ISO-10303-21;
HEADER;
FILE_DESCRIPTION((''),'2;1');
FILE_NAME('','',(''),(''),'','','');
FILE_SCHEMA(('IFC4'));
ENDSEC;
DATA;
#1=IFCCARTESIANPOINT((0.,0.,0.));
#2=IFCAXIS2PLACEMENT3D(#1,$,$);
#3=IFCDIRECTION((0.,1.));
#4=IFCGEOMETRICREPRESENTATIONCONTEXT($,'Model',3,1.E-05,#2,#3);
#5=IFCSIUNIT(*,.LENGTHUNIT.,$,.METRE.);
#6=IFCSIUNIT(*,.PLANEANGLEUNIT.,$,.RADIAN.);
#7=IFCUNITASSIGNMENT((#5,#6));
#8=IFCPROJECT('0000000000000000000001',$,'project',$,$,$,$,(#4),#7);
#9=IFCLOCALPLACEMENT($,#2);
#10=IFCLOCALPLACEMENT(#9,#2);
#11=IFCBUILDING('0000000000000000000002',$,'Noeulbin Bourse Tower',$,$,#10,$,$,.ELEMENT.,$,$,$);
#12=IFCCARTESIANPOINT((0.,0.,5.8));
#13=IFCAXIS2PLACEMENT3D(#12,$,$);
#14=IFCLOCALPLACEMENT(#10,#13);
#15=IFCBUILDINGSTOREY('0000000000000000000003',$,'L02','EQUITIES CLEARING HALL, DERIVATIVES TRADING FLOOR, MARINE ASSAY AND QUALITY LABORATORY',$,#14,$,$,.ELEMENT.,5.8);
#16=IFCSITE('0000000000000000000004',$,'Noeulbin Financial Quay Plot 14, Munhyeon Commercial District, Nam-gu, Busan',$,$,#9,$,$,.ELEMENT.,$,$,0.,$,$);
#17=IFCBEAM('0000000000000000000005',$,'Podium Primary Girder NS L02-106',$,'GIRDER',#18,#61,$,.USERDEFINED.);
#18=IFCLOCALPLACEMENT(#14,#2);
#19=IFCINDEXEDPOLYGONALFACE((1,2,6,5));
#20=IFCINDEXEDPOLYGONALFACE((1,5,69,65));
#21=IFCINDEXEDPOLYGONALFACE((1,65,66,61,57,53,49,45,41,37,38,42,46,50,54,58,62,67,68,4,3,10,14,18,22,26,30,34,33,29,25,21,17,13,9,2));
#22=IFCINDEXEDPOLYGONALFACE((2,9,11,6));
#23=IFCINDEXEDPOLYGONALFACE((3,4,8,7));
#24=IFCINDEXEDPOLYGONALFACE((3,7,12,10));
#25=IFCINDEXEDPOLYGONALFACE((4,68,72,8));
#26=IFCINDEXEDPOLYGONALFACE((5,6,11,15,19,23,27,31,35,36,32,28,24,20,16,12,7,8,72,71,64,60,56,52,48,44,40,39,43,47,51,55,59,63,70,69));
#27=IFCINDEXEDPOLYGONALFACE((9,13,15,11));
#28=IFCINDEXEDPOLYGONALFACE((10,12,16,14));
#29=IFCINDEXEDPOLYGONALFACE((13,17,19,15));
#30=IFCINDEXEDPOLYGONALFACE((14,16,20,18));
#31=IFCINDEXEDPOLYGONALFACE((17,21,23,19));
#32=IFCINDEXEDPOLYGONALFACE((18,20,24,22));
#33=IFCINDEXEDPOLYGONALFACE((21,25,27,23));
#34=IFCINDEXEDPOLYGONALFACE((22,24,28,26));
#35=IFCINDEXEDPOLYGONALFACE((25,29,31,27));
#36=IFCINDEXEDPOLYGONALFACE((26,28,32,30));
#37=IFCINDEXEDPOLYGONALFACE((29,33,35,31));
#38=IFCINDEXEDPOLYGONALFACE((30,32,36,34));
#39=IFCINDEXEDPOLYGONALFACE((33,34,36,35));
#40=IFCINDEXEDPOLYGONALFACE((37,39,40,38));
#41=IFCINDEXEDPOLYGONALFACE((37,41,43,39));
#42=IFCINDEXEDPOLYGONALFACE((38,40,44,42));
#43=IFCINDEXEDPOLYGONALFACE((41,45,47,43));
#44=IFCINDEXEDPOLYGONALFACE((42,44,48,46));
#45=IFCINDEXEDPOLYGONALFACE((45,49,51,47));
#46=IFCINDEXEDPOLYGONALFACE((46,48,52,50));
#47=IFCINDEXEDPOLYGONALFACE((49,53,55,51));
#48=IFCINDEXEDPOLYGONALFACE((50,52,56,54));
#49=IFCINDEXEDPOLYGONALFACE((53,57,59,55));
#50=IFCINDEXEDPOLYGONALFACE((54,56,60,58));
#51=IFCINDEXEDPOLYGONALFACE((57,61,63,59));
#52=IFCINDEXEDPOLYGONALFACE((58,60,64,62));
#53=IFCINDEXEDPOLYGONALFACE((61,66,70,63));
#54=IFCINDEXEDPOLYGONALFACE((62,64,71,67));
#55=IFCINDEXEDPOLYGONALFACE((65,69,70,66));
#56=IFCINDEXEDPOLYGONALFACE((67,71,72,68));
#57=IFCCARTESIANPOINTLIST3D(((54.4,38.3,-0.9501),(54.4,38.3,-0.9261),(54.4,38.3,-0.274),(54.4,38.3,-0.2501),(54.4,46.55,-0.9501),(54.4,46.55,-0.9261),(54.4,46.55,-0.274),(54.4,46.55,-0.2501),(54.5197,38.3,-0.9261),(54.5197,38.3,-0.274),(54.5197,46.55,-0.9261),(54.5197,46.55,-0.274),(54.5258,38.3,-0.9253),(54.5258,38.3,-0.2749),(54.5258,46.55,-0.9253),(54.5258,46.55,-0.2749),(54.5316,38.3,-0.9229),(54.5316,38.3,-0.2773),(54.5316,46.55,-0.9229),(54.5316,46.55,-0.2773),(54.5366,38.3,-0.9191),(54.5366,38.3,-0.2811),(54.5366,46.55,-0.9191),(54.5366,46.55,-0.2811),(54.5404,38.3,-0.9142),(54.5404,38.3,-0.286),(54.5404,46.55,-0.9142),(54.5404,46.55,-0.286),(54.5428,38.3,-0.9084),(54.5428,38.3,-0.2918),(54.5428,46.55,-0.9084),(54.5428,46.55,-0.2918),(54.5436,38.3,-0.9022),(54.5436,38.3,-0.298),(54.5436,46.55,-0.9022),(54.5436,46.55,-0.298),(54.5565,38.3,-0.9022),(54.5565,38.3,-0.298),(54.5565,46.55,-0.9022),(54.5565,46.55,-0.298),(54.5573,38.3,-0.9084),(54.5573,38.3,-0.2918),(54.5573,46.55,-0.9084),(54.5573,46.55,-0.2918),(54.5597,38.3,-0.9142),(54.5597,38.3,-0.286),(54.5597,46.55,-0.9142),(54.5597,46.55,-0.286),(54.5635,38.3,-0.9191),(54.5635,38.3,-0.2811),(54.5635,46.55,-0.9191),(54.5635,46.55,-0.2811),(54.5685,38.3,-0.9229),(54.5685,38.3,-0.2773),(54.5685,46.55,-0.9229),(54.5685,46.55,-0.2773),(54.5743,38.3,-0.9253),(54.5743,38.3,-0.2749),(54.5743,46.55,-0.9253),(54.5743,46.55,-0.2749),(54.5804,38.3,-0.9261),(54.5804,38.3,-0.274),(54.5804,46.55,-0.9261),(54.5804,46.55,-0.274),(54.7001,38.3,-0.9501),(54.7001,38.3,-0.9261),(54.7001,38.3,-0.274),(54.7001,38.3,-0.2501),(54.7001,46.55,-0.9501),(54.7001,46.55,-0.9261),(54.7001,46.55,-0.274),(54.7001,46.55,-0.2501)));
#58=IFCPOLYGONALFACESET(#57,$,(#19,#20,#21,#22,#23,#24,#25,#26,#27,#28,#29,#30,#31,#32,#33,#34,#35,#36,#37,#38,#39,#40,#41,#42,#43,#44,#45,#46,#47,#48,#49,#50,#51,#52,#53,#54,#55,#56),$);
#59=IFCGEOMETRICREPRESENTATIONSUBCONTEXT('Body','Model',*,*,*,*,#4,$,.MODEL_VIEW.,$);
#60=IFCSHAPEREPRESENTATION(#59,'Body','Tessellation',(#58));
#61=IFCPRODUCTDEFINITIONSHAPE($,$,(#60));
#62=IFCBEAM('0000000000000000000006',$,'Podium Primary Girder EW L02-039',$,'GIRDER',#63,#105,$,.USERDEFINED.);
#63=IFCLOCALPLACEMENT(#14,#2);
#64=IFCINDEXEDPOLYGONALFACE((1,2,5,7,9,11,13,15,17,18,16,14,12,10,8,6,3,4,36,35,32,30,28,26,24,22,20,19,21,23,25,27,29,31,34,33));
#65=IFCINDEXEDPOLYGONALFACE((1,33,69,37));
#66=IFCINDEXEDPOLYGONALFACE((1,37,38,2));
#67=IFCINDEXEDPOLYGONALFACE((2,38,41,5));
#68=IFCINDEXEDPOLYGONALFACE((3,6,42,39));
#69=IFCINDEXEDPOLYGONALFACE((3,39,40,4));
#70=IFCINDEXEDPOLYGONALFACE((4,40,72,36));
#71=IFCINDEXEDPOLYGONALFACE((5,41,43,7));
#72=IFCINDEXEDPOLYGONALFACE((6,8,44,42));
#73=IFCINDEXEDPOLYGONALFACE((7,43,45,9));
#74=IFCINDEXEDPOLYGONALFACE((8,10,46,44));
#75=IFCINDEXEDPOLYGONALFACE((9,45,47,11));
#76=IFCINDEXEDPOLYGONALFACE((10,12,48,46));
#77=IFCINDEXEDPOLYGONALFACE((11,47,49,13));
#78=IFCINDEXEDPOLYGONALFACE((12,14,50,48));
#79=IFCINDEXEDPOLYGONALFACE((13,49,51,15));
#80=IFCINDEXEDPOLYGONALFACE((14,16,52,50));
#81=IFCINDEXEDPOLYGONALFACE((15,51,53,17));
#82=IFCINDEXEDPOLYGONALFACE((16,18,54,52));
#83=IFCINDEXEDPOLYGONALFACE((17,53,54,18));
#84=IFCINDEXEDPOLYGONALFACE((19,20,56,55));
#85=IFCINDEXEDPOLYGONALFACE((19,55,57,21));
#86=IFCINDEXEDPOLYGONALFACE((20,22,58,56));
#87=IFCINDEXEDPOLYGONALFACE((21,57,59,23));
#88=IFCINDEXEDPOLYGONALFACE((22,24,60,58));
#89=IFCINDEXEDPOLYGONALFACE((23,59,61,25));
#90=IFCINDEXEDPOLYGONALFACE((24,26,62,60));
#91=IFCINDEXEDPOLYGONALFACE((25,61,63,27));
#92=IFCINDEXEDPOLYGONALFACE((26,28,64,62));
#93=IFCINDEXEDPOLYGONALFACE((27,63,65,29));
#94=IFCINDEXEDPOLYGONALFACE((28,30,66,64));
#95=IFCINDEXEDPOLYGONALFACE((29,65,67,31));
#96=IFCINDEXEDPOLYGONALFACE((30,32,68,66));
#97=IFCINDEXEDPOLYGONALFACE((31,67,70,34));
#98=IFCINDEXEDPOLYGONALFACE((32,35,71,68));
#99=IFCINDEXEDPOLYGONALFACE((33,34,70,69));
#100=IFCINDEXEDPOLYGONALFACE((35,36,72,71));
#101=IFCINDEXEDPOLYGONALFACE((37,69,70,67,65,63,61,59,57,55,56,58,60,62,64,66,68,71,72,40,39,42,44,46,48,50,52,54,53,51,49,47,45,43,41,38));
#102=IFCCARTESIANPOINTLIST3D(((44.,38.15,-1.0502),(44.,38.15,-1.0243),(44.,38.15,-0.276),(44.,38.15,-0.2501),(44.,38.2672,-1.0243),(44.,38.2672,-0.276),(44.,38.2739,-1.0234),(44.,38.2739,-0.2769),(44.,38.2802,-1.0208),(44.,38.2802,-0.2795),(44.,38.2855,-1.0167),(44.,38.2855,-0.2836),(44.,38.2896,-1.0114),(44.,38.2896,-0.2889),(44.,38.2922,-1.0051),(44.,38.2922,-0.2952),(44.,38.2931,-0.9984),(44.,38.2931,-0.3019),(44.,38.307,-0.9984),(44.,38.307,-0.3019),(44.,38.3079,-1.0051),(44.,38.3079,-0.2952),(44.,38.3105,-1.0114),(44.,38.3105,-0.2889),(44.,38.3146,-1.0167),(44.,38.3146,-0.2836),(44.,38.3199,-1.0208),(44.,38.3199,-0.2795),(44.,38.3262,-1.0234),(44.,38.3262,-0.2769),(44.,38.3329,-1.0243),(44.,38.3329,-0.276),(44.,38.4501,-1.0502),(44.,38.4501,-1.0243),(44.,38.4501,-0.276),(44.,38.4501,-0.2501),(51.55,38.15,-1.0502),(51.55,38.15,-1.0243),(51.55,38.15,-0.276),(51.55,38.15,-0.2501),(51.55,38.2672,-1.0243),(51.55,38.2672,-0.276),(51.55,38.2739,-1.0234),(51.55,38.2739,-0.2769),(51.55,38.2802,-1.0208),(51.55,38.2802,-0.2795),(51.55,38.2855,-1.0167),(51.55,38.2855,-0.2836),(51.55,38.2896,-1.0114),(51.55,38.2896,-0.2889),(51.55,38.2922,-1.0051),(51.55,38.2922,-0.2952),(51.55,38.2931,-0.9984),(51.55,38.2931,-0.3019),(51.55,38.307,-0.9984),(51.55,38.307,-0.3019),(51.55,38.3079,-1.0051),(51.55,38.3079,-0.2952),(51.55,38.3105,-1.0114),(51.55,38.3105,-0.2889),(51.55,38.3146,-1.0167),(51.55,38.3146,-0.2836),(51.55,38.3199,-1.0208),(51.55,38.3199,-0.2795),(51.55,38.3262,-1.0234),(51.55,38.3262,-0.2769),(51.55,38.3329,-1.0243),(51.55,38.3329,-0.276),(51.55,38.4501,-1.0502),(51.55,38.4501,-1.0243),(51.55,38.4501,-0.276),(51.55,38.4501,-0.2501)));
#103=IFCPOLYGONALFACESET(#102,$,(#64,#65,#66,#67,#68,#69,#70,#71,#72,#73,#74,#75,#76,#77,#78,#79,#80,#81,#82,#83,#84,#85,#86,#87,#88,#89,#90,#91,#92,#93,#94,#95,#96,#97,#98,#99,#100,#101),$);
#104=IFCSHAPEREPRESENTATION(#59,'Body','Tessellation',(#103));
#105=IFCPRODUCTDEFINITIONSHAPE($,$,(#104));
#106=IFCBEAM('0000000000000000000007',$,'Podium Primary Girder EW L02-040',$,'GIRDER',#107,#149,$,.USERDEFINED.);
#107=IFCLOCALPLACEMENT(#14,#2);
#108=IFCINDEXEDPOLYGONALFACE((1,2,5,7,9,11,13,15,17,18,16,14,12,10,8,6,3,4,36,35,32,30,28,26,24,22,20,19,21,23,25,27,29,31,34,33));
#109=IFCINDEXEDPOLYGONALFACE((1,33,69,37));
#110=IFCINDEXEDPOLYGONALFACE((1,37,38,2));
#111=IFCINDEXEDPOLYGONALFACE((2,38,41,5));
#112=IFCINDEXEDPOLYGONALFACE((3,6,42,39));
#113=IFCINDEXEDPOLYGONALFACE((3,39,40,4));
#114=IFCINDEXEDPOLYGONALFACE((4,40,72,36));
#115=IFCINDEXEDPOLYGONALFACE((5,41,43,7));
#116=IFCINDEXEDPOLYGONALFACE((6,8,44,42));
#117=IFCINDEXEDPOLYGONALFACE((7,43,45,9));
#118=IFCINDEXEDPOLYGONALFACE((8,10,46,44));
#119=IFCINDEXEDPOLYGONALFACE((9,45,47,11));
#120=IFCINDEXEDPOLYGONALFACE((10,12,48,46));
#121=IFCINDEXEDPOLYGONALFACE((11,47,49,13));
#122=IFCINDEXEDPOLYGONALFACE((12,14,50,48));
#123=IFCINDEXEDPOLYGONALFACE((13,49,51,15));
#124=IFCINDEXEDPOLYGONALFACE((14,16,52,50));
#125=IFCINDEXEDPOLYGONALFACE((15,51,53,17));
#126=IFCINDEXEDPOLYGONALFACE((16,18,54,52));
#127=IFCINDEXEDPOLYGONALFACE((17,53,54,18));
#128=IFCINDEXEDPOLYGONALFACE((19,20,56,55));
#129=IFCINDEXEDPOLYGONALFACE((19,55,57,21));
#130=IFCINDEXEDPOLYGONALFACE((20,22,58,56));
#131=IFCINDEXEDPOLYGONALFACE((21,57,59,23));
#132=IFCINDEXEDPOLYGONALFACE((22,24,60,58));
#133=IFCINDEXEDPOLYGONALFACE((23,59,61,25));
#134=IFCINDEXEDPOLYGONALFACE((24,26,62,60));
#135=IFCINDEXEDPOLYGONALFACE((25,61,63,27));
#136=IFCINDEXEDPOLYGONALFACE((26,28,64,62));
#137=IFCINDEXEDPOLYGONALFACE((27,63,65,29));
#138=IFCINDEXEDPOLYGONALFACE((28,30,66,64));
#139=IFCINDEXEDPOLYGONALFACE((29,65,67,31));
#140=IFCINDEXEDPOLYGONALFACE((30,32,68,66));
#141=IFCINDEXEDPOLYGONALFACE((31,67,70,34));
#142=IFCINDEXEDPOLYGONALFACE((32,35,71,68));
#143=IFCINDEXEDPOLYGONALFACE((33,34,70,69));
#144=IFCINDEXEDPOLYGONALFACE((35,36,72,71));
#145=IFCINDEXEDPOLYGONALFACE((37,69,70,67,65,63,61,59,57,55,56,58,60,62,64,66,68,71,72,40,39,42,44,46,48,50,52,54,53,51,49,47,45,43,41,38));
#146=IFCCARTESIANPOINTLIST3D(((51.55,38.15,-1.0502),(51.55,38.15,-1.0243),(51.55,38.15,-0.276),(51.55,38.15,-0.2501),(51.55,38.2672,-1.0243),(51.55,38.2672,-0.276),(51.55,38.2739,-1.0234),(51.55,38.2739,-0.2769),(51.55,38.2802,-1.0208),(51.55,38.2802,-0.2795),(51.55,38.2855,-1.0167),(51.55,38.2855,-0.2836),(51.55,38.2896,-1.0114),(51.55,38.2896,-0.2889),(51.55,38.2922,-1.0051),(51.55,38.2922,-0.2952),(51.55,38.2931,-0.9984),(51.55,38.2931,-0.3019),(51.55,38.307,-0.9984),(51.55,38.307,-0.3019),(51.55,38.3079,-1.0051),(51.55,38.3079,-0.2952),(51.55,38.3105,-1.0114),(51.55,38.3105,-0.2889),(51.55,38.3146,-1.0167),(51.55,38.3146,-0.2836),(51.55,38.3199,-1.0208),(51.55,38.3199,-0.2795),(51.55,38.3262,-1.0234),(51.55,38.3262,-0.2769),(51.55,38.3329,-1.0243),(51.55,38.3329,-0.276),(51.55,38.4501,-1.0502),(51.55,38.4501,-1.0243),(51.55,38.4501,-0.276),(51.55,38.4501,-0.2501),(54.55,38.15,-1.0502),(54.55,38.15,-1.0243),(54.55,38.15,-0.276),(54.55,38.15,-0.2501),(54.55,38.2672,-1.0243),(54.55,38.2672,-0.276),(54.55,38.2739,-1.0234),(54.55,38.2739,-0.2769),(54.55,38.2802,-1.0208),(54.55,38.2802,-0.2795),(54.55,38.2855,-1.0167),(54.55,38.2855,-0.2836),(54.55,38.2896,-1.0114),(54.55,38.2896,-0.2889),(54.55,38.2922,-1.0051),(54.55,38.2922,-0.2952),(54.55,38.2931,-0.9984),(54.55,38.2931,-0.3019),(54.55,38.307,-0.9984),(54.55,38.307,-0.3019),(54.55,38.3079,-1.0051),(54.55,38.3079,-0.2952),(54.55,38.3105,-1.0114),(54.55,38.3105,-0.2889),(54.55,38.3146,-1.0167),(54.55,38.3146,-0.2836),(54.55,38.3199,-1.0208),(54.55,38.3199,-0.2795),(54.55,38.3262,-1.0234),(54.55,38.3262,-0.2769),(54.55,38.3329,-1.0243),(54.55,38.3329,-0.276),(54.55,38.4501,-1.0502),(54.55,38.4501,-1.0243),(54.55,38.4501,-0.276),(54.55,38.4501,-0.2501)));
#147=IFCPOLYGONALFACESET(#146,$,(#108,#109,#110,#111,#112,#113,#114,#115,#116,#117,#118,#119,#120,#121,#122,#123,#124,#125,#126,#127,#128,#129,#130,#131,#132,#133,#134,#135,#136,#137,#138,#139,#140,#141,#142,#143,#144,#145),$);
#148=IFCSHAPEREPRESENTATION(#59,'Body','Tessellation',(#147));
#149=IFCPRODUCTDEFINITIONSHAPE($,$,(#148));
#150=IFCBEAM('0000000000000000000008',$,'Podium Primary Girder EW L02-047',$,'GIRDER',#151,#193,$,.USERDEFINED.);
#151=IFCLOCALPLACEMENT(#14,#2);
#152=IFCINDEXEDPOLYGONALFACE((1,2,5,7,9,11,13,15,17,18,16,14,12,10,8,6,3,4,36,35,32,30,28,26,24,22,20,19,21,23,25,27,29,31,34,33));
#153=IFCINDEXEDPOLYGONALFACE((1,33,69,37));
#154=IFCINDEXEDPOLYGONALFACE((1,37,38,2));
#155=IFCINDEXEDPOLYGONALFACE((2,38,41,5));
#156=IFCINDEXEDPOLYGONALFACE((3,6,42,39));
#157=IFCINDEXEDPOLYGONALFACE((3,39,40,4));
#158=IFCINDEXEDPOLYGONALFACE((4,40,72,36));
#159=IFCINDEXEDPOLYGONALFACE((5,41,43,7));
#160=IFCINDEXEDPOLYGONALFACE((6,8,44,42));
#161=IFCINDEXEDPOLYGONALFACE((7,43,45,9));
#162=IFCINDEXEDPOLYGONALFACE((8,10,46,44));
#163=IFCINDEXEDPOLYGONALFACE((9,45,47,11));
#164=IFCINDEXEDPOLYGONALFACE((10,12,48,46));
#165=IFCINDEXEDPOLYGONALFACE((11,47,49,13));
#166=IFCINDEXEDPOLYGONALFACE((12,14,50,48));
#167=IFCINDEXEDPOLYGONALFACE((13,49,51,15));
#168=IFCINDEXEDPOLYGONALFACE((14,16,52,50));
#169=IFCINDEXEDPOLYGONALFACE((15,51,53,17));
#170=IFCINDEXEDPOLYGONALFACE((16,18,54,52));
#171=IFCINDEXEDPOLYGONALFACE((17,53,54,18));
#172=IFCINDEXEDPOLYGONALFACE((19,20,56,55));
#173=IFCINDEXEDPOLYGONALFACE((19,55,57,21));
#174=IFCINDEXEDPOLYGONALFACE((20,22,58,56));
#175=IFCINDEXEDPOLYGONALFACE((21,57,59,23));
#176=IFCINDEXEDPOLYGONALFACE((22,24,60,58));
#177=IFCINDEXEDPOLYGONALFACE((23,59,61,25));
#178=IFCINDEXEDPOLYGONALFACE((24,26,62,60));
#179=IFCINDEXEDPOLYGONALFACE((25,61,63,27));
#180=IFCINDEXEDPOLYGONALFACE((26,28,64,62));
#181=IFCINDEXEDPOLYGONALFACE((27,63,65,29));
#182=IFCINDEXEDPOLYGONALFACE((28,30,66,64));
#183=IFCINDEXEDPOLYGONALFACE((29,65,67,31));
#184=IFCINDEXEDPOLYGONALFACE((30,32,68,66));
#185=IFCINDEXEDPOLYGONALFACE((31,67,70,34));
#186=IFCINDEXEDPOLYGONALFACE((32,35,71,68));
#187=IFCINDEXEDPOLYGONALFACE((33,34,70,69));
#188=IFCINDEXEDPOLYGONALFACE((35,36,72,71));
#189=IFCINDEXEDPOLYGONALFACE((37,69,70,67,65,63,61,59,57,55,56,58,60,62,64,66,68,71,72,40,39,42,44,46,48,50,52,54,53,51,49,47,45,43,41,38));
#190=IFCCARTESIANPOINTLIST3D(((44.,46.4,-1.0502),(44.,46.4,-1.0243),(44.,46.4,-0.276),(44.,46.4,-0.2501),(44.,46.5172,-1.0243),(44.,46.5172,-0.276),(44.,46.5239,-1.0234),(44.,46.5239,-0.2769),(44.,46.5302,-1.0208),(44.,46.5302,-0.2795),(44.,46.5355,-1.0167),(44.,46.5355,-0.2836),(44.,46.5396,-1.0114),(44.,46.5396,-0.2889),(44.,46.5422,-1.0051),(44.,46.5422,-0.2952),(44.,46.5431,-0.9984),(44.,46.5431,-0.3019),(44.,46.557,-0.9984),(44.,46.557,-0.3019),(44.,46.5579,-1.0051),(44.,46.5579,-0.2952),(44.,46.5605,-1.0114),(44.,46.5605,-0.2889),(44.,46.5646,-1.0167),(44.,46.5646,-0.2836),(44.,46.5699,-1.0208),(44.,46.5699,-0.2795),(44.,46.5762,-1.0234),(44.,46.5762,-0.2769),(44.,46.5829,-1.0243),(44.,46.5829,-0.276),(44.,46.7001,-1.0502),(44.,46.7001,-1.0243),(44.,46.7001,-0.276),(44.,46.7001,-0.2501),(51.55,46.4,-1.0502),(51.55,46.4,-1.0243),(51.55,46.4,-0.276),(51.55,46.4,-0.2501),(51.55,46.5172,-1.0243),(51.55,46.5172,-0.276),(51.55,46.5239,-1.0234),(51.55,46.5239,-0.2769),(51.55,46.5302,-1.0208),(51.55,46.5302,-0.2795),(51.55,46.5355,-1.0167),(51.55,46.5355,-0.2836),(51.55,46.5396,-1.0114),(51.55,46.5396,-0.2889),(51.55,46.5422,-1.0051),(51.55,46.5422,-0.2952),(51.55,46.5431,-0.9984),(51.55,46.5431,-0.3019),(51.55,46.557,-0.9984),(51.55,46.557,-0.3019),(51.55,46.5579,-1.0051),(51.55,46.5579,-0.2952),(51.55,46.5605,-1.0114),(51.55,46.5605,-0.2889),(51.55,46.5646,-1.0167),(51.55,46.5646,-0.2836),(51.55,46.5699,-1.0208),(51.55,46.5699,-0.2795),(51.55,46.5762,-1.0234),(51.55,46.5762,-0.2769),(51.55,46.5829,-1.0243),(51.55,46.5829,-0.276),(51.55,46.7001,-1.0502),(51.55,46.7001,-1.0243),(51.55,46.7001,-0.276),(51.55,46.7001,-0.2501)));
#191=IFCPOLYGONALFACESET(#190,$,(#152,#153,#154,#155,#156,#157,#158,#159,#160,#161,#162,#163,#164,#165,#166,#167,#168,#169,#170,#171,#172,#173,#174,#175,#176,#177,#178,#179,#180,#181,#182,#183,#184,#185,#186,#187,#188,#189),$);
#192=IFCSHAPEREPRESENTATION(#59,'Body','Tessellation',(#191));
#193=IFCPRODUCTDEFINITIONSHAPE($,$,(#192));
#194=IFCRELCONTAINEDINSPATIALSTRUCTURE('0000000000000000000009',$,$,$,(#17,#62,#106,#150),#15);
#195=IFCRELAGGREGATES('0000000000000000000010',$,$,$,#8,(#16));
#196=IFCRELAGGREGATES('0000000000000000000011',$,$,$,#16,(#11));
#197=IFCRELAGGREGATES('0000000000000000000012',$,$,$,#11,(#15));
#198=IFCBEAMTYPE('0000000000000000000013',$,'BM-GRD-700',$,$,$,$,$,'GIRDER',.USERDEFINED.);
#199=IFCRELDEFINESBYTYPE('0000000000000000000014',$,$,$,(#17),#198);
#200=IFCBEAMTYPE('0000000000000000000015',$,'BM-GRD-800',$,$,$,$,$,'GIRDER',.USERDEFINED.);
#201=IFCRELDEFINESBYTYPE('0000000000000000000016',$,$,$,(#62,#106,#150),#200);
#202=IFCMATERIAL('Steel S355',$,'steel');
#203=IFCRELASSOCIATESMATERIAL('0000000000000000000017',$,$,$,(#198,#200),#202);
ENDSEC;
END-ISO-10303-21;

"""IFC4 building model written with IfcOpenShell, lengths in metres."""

from ifc_helpers import new_model, si_unit, direction, frame, origin, origin_2d, place, context, subcontext, project, spatial, i_section, extrude, material, material_profile, profile_set, type_object, element, save


model = new_model("IFC4")

# Units and contexts
model_context = context("Model", 3, precision=1e-05, world=origin(), true_north=direction((0.0, 1.0)))
body_context = subcontext(model_context, "Body", "Model", "MODEL_VIEW")
ifc_project = project(units=[si_unit("LENGTHUNIT", "METRE"), si_unit("PLANEANGLEUNIT", "RADIAN")], contexts=[model_context])

# Site, building, storey
site_placement = place(None, origin())
site = spatial("IfcSite", under=ifc_project, at=site_placement, Name="Noeulbin Financial Quay Plot 14, Munhyeon Commercial District, Nam-gu, Busan", CompositionType="ELEMENT", RefElevation=0.0)
building_placement = place(site_placement, origin())
building = spatial("IfcBuilding", under=site, at=building_placement, Name="Noeulbin Bourse Tower", CompositionType="ELEMENT")
storey_placement = place(building_placement, frame((0.0, 0.0, 5.8)))
storey = spatial("IfcBuildingStorey", under=building, at=storey_placement, Name="L02", Description="EQUITIES CLEARING HALL, DERIVATIVES TRADING FLOOR, MARINE ASSAY AND QUALITY LABORATORY", CompositionType="ELEMENT", Elevation=5.8)

# Beams
ifc_material_1 = material(Name="Steel S355", Category="steel")
ifc_material_profile_1 = material_profile(ifc_material_1, i_section(OverallWidth=0.3, OverallDepth=0.7, WebThickness=0.0129, FlangeThickness=0.0239, FilletRadius=0.0239, at=origin_2d()), Name="H-700x300x13x24", Category="LoadBearing")
ifc_profile_set_1 = profile_set([ifc_material_profile_1], Name="Steel S355")
beam_type_1 = type_object("IfcBeamType", Name="BM-GRD-700", ElementType="GIRDER", PredefinedType="USERDEFINED", material=ifc_profile_set_1)
beam_1_placement = place(storey_placement, frame((54.55, 38.3, -0.6001), z_axis=(0.0, 1.0, 0.0), x_axis=(-1.0, 0.0, 0.0)))
element("IfcBeam", 1, at=beam_1_placement, inside=storey, type_object=beam_type_1, Name="Podium Primary Girder NS L02-106", ObjectType="GIRDER", PredefinedType="USERDEFINED", context=body_context, shape_type="SweptSolid", body=[
    extrude(i_section(OverallWidth=0.3, OverallDepth=0.7, WebThickness=0.0129, FlangeThickness=0.0239, FilletRadius=0.0239, at=origin_2d()), origin(), (0.0, 0.0, 1.0), 8.25),
])
ifc_material_profile_2 = material_profile(ifc_material_1, i_section(OverallWidth=0.3, OverallDepth=0.8, WebThickness=0.0139, FlangeThickness=0.0259, FilletRadius=0.0259, at=origin_2d()), Name="H-800x300x14x26", Category="LoadBearing")
ifc_profile_set_2 = profile_set([ifc_material_profile_2], Name="Steel S355")
beam_type_2 = type_object("IfcBeamType", Name="BM-GRD-800", ElementType="GIRDER", PredefinedType="USERDEFINED", material=ifc_profile_set_2)
beam_2_placement = place(storey_placement, frame((44.0, 38.3, -0.6501), z_axis=(1.0, 0.0, 0.0), x_axis=(0.0, 1.0, 0.0)))
element("IfcBeam", 2, at=beam_2_placement, inside=storey, type_object=beam_type_2, Name="Podium Primary Girder EW L02-039", ObjectType="GIRDER", PredefinedType="USERDEFINED", context=body_context, shape_type="SweptSolid", body=[
    extrude(i_section(OverallWidth=0.3, OverallDepth=0.8, WebThickness=0.0139, FlangeThickness=0.0259, FilletRadius=0.0259, at=origin_2d()), origin(), (0.0, 0.0, 1.0), 7.55),
])
beam_3_placement = place(storey_placement, frame((51.55, 38.3, -0.6501), z_axis=(1.0, 0.0, 0.0), x_axis=(0.0, 1.0, 0.0)))
element("IfcBeam", 3, at=beam_3_placement, inside=storey, type_object=beam_type_2, Name="Podium Primary Girder EW L02-040", ObjectType="GIRDER", PredefinedType="USERDEFINED", context=body_context, shape_type="SweptSolid", body=[
    extrude(i_section(OverallWidth=0.3, OverallDepth=0.8, WebThickness=0.0139, FlangeThickness=0.0259, FilletRadius=0.0259, at=origin_2d()), origin(), (0.0, 0.0, 1.0), 3.0),
])
beam_4_placement = place(storey_placement, frame((44.0, 46.55, -0.6501), z_axis=(1.0, 0.0, 0.0), x_axis=(0.0, 1.0, 0.0)))
element("IfcBeam", 4, at=beam_4_placement, inside=storey, type_object=beam_type_2, Name="Podium Primary Girder EW L02-047", ObjectType="GIRDER", PredefinedType="USERDEFINED", context=body_context, shape_type="SweptSolid", body=[
    extrude(i_section(OverallWidth=0.3, OverallDepth=0.8, WebThickness=0.0139, FlangeThickness=0.0259, FilletRadius=0.0259, at=origin_2d()), origin(), (0.0, 0.0, 1.0), 7.55),
])

save(model, "model.ifc")
